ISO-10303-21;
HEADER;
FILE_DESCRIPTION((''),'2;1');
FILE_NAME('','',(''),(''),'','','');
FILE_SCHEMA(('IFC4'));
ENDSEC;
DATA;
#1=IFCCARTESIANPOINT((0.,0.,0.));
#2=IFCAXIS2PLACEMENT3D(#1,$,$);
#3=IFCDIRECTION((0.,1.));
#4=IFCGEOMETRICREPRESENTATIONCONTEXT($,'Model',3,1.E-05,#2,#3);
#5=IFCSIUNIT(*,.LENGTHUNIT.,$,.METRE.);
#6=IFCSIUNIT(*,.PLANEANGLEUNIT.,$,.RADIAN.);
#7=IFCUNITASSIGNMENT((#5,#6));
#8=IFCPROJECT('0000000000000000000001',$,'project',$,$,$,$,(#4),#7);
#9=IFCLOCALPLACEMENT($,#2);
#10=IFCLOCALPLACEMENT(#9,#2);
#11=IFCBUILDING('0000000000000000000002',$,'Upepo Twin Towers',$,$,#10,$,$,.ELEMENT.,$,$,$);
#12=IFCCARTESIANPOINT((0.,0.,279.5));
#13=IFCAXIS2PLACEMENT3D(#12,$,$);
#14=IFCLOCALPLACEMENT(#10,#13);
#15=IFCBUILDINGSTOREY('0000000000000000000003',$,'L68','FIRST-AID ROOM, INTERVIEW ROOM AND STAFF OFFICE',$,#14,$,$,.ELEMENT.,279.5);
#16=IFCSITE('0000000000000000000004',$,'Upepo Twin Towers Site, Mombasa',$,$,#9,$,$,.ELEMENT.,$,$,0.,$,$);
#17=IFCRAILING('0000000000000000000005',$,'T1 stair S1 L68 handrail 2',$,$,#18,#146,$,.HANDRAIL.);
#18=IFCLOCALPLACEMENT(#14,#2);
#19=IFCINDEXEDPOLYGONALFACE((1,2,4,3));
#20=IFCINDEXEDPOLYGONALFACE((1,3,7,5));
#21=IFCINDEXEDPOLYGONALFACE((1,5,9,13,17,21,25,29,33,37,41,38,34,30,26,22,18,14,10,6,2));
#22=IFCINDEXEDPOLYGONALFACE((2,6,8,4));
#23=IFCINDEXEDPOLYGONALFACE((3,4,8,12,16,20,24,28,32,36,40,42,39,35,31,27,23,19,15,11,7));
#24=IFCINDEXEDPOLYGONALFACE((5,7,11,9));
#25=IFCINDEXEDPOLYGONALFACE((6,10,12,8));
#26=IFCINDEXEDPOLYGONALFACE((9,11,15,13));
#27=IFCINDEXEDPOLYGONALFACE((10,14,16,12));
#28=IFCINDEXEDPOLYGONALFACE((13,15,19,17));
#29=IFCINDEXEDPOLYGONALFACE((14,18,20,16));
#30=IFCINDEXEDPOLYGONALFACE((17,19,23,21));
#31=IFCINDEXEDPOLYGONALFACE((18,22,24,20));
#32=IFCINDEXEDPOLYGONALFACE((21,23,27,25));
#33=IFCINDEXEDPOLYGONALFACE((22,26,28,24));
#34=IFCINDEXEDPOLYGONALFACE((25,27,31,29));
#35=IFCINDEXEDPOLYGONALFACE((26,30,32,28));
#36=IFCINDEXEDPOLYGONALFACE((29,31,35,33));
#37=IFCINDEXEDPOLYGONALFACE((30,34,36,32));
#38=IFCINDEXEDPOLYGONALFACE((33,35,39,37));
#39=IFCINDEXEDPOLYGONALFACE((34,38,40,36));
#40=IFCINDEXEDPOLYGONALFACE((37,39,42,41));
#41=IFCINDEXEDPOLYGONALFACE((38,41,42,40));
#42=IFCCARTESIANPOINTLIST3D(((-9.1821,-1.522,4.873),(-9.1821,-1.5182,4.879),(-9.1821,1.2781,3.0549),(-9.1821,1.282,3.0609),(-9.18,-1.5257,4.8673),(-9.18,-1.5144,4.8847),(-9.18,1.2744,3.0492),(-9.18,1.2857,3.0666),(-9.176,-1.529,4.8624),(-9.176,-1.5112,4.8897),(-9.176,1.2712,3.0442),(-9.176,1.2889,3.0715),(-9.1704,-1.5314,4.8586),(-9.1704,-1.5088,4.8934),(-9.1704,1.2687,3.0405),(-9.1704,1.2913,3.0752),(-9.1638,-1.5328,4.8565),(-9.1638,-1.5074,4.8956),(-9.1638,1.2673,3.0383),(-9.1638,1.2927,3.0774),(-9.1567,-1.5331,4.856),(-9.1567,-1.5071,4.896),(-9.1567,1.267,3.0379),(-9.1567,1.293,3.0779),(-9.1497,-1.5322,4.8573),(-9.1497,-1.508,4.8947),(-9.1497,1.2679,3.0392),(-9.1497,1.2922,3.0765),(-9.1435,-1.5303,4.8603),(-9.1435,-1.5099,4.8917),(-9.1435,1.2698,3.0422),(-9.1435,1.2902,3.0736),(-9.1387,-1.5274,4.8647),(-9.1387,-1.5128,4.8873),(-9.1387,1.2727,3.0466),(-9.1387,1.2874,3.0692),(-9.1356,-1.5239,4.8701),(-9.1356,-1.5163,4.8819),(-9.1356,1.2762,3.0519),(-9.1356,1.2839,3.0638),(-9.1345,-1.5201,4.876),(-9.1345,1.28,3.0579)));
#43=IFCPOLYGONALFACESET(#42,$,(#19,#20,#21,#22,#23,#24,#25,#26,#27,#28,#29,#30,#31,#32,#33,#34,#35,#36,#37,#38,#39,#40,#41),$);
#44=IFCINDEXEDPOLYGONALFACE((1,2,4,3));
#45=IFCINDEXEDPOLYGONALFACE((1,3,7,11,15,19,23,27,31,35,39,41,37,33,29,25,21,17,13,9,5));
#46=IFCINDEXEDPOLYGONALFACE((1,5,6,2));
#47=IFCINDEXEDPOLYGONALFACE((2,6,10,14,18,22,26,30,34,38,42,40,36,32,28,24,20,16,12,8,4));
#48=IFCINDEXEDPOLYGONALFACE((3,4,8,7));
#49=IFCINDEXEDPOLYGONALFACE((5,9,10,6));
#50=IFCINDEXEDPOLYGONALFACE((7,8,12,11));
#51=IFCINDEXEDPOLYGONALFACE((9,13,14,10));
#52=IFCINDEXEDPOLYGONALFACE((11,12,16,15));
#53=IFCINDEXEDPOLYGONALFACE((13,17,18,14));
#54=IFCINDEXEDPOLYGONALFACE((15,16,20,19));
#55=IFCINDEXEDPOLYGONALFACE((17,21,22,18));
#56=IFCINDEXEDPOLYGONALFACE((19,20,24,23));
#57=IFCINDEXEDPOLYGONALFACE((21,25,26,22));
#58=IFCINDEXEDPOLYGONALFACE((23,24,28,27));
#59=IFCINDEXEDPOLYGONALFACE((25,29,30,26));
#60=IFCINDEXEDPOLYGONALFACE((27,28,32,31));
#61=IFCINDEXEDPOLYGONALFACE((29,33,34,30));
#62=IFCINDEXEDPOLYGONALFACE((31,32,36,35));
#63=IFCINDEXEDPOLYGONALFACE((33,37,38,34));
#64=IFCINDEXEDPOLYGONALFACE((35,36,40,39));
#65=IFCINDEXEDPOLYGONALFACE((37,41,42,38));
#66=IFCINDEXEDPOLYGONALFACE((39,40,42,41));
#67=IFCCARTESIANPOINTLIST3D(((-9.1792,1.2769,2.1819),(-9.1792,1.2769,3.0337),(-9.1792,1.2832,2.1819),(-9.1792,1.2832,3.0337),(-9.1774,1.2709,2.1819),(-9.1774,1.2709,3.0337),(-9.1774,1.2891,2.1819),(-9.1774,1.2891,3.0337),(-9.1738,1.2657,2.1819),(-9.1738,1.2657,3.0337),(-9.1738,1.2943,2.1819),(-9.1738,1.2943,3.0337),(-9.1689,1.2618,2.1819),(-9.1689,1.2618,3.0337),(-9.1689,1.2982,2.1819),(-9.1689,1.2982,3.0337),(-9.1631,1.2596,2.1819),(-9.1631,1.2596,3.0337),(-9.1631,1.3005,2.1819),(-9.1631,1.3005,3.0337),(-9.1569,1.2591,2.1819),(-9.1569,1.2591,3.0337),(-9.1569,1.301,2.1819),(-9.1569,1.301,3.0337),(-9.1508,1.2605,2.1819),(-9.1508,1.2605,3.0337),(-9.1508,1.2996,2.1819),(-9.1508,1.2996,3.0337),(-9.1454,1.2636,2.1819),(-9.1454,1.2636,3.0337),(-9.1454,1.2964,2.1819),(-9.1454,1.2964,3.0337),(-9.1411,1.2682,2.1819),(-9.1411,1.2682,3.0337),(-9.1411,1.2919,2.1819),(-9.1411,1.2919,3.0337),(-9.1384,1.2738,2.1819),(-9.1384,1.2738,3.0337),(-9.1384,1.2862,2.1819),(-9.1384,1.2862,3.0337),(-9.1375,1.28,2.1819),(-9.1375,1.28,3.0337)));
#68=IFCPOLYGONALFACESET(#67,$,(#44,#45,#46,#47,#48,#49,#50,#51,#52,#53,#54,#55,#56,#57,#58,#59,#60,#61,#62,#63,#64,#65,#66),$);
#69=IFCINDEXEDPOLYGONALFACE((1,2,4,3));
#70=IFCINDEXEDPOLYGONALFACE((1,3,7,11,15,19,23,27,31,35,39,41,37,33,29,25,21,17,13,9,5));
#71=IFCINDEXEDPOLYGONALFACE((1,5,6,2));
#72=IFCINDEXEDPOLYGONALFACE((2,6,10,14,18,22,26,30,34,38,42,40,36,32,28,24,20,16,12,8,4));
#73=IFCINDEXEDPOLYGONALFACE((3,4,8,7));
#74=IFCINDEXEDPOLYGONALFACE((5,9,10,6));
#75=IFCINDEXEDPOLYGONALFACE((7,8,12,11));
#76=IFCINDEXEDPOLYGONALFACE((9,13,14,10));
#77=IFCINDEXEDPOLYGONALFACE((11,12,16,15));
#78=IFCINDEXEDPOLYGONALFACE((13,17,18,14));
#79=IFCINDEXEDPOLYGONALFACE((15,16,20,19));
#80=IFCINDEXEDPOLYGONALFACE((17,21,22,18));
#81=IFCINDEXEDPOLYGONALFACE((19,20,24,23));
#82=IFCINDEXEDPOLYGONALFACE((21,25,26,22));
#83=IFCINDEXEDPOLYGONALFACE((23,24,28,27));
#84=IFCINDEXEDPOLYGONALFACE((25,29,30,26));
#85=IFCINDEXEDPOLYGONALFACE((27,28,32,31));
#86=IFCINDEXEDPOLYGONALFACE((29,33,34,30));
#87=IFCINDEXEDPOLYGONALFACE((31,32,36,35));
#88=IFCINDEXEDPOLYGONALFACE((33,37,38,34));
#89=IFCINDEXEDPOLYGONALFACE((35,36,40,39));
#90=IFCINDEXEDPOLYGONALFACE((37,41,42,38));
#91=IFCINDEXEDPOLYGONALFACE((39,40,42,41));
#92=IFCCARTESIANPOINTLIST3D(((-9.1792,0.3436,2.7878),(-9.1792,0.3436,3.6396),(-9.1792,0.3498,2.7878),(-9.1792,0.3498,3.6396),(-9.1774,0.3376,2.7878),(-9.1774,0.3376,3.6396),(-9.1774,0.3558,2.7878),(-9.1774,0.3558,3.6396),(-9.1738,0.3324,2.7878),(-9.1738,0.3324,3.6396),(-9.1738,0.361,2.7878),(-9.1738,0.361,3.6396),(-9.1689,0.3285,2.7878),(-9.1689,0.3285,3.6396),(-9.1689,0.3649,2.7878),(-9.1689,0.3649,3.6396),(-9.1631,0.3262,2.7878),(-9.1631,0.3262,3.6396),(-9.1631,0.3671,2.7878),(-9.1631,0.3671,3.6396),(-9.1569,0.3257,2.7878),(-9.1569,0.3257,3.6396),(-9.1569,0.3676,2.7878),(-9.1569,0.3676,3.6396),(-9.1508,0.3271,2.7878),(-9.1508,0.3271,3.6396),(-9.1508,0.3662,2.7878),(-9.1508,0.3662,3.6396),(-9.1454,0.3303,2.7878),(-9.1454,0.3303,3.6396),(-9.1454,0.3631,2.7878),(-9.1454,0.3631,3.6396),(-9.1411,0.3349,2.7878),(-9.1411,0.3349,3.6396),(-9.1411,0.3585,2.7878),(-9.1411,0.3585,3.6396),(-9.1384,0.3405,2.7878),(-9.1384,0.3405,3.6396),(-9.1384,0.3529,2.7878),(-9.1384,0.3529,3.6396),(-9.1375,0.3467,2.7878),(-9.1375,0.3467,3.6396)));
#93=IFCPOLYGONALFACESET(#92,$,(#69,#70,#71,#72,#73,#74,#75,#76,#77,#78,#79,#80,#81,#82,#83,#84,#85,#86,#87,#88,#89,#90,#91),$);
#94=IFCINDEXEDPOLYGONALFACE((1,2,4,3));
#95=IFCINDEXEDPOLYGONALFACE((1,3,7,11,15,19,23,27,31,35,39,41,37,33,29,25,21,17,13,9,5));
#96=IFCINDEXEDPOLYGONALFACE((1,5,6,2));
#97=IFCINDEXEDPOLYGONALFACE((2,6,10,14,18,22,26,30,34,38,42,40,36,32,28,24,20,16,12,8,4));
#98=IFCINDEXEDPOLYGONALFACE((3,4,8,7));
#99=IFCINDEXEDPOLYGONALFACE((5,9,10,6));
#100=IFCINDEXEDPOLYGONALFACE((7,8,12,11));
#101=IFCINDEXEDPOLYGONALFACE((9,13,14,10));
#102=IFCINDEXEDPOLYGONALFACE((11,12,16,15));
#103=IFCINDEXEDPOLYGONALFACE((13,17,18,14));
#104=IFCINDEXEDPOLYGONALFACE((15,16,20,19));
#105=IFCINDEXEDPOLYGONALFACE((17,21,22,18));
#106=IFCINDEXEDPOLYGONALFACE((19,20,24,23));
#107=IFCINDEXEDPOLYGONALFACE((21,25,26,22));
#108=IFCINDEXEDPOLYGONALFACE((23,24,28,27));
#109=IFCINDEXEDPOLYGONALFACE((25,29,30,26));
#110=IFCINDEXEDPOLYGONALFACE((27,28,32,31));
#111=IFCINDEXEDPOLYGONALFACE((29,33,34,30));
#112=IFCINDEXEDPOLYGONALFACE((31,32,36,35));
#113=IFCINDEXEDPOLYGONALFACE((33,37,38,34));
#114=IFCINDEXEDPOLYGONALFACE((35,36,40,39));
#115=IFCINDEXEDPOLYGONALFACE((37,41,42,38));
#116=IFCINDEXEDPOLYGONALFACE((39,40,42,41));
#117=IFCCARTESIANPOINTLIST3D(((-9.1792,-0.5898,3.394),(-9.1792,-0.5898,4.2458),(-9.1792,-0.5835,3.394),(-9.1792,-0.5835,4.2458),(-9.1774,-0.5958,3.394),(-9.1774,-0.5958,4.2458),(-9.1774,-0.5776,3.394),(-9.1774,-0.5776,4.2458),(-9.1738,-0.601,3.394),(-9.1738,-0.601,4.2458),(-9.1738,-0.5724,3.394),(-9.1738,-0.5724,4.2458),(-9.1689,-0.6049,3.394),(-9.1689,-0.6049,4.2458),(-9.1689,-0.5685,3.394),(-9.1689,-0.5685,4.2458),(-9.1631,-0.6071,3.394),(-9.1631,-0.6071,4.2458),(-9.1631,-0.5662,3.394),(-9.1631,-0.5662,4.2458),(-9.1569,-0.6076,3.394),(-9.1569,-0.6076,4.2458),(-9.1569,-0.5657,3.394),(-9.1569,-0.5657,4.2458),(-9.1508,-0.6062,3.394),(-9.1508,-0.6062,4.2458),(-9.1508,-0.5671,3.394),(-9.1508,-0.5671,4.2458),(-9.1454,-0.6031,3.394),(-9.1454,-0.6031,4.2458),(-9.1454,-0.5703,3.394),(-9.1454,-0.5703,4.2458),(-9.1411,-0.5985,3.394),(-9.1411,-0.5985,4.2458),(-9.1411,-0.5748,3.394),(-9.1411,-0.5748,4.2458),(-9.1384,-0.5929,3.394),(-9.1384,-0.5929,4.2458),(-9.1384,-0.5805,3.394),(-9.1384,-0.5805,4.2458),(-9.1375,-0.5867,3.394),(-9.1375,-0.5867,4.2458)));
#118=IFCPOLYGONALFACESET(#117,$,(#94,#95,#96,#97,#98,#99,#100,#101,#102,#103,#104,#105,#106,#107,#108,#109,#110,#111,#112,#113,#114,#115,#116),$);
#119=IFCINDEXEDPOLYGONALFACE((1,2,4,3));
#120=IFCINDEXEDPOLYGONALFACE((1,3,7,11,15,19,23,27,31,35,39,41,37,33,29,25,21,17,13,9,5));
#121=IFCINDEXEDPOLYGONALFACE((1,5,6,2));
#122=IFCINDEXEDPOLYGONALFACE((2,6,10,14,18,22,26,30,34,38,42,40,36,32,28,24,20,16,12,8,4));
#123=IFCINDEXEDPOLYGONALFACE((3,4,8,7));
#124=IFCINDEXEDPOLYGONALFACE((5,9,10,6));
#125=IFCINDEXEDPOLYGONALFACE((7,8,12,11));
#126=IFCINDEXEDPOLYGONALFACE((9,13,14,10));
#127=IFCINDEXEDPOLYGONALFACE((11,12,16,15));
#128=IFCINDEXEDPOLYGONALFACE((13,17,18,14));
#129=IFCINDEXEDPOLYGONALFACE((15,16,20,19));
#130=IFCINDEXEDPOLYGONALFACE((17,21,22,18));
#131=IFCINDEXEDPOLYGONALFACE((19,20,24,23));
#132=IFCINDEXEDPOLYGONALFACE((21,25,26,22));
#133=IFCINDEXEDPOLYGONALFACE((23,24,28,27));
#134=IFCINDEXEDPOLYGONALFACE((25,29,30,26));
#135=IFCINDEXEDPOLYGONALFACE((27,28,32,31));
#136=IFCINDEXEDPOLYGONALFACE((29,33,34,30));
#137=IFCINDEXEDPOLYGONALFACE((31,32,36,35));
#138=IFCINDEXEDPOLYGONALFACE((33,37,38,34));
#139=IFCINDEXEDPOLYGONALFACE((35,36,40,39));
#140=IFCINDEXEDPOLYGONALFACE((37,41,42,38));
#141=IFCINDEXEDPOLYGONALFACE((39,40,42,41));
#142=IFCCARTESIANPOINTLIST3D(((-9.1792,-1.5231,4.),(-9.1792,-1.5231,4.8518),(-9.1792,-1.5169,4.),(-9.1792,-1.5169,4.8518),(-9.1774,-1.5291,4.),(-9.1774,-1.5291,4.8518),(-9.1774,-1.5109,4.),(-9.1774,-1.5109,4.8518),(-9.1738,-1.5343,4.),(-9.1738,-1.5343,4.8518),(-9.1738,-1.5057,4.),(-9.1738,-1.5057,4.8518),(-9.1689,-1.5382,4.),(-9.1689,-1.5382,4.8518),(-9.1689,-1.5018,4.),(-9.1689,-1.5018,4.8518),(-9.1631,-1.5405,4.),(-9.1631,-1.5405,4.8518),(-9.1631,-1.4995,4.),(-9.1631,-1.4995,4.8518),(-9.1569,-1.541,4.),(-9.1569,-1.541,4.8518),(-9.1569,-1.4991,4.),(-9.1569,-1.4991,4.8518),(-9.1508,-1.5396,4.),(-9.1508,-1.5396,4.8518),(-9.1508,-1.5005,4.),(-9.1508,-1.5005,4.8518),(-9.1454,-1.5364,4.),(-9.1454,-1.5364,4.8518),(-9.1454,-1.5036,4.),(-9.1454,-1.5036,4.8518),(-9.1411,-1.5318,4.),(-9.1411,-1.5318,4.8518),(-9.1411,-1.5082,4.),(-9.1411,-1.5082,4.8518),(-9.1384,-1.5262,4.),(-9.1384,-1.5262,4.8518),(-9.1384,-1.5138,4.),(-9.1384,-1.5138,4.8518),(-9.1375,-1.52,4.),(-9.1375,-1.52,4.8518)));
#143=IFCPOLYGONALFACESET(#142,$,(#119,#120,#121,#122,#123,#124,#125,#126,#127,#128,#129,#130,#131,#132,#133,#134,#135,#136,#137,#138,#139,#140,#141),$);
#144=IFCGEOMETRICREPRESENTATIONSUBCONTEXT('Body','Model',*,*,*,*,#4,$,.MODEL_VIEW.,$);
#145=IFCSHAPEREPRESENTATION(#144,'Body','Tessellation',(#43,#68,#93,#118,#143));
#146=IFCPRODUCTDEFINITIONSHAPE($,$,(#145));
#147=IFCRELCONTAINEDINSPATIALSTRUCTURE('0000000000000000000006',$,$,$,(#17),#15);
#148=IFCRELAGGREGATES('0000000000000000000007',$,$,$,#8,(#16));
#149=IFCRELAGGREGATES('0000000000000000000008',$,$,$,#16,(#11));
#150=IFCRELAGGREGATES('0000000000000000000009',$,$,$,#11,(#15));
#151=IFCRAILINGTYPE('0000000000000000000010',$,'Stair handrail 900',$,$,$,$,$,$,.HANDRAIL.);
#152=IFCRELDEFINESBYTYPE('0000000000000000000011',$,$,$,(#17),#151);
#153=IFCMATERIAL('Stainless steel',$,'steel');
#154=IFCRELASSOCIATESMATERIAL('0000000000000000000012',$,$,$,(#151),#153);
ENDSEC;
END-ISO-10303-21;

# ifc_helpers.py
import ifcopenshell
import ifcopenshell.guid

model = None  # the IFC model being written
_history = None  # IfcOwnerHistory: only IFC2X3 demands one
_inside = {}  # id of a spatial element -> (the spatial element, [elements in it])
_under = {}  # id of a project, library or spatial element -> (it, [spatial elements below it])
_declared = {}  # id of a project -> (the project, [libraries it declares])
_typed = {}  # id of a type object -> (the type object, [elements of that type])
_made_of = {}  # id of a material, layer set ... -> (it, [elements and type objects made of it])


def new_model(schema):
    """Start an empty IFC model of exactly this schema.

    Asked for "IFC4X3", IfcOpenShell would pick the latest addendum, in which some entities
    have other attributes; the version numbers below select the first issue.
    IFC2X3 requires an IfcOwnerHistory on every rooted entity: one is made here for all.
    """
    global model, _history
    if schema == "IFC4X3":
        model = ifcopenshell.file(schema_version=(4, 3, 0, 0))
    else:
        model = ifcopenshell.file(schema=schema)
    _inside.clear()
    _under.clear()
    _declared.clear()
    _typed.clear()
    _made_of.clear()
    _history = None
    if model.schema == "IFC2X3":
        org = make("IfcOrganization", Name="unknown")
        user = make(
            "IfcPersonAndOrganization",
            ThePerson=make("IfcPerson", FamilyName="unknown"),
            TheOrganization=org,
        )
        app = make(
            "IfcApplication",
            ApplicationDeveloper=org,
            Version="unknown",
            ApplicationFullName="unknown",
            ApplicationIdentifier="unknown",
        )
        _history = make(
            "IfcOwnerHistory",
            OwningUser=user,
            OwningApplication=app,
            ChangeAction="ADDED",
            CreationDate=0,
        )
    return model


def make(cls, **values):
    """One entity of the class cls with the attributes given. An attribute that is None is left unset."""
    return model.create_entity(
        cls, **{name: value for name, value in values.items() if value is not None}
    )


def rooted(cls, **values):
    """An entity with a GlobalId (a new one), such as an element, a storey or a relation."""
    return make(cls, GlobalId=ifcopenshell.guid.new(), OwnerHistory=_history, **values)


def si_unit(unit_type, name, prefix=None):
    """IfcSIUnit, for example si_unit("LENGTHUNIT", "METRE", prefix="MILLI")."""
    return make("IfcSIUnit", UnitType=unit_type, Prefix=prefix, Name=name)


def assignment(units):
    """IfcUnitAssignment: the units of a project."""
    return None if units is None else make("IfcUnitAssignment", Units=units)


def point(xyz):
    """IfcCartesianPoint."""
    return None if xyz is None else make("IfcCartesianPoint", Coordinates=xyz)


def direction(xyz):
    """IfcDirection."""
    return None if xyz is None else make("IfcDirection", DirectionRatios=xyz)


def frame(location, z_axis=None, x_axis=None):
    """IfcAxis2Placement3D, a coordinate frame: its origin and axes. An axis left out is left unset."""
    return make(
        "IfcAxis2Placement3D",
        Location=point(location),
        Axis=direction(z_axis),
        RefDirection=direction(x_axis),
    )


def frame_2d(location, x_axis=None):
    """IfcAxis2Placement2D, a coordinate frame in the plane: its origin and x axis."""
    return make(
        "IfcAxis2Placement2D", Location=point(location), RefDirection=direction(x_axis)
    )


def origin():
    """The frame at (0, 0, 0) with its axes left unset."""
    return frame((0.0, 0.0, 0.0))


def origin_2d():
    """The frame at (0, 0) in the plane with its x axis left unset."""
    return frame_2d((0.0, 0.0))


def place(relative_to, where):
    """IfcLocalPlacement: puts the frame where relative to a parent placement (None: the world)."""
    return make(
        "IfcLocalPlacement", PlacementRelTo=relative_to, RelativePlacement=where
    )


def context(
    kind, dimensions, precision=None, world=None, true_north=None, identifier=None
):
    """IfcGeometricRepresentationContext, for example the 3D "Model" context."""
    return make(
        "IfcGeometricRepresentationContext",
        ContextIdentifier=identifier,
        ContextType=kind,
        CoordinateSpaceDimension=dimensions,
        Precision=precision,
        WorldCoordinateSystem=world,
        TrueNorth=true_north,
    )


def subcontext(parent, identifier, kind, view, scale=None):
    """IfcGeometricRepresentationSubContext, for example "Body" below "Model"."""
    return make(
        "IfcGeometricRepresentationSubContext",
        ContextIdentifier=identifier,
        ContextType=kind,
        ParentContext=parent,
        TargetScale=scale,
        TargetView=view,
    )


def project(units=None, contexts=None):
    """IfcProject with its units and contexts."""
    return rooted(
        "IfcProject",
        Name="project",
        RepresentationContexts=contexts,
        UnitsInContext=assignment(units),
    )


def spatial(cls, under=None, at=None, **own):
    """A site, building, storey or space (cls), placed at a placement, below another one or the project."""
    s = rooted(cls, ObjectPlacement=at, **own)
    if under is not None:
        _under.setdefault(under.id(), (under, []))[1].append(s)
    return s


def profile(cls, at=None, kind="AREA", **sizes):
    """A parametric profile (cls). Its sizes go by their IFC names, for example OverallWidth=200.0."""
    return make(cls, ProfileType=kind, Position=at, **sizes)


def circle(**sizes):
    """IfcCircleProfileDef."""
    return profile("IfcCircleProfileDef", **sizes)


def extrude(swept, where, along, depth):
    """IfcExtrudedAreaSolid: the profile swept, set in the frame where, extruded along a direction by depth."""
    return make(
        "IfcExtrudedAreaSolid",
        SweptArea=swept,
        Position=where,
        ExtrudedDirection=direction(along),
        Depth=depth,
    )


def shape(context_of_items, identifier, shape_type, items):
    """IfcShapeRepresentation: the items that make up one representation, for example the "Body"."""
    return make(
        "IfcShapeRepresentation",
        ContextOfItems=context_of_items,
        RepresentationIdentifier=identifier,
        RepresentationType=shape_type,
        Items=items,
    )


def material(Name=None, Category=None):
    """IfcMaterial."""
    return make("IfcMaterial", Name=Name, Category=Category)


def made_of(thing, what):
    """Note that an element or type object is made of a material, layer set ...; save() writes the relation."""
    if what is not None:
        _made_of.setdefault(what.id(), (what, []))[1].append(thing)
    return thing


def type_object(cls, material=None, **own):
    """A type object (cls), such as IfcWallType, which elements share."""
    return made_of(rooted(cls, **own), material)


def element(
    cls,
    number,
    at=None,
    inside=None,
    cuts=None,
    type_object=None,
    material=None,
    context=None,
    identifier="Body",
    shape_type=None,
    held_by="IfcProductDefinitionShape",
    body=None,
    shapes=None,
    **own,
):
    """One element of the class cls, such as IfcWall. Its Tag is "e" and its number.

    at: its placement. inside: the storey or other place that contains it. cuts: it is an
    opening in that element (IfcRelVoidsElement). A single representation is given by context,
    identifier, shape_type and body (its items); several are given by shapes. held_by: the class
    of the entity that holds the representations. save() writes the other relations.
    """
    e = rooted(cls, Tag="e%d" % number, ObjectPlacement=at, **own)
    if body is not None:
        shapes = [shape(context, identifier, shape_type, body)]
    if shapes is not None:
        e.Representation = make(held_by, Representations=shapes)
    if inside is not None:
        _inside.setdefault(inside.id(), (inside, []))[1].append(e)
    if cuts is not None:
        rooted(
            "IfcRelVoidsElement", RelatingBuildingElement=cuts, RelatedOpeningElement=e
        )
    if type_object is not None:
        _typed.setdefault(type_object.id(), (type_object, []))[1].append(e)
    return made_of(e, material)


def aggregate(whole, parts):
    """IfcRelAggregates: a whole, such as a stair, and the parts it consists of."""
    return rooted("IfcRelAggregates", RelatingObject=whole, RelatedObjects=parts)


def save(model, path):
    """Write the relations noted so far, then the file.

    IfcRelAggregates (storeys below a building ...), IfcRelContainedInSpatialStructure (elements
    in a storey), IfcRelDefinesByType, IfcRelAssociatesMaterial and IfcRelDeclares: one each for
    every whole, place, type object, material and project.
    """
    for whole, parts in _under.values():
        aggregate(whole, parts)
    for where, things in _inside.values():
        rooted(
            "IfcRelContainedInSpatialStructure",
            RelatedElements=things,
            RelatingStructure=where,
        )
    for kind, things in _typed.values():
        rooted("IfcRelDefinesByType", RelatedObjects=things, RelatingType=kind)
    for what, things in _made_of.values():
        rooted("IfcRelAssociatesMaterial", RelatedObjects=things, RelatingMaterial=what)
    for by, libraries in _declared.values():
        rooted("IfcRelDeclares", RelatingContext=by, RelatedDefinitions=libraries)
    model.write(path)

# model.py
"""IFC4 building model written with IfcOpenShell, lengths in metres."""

from ifc_helpers import new_model, si_unit, direction, frame, origin, origin_2d, place, context, subcontext, project, spatial, circle, extrude, material, type_object, element, save


model = new_model("IFC4")

# Units and contexts
model_context = context("Model", 3, precision=1e-05, world=origin(), true_north=direction((0.0, 1.0)))
body_context = subcontext(model_context, "Body", "Model", "MODEL_VIEW")
ifc_project = project(units=[si_unit("LENGTHUNIT", "METRE"), si_unit("PLANEANGLEUNIT", "RADIAN")], contexts=[model_context])

# Site, building, storey
site_placement = place(None, origin())
site = spatial("IfcSite", under=ifc_project, at=site_placement, Name="Upepo Twin Towers Site, Mombasa", CompositionType="ELEMENT", RefElevation=0.0)
building_placement = place(site_placement, origin())
building = spatial("IfcBuilding", under=site, at=building_placement, Name="Upepo Twin Towers", CompositionType="ELEMENT")
storey_placement = place(building_placement, frame((0.0, 0.0, 279.5)))
storey = spatial("IfcBuildingStorey", under=building, at=storey_placement, Name="L68", Description="FIRST-AID ROOM, INTERVIEW ROOM AND STAFF OFFICE", CompositionType="ELEMENT", Elevation=279.5)

# Railing
ifc_material_1 = material(Name="Stainless steel", Category="steel")
railing_type = type_object("IfcRailingType", Name="Stair handrail 900", PredefinedType="HANDRAIL", material=ifc_material_1)
railing_placement = place(storey_placement, frame((-9.1584, 1.28, 2.1819)))
element("IfcRailing", 1, at=railing_placement, inside=storey, type_object=railing_type, Name="T1 stair S1 L68 handrail 2", PredefinedType="HANDRAIL", context=body_context, shape_type="SweptSolid", body=[
    extrude(circle(Radius=0.0239, at=origin_2d()), frame((0.0, 0.0, 0.876), z_axis=(0.0, -0.838706, 0.544585), x_axis=(1.0, 0.0, 0.0)), (0.0, 0.0, 1.0), 3.3386),
    extrude(circle(Radius=0.021, at=origin_2d()), origin(), (0.0, 0.0, 1.0), 0.8518),
    extrude(circle(Radius=0.021, at=origin_2d()), frame((0.0, -0.9333, 0.606)), (0.0, 0.0, 1.0), 0.8518),
    extrude(circle(Radius=0.021, at=origin_2d()), frame((0.0, -1.8667, 1.2122)), (0.0, 0.0, 1.0), 0.8518),
    extrude(circle(Radius=0.021, at=origin_2d()), frame((0.0, -2.8, 1.8181)), (0.0, 0.0, 1.0), 0.8518),
])

save(model, "model.ifc")
